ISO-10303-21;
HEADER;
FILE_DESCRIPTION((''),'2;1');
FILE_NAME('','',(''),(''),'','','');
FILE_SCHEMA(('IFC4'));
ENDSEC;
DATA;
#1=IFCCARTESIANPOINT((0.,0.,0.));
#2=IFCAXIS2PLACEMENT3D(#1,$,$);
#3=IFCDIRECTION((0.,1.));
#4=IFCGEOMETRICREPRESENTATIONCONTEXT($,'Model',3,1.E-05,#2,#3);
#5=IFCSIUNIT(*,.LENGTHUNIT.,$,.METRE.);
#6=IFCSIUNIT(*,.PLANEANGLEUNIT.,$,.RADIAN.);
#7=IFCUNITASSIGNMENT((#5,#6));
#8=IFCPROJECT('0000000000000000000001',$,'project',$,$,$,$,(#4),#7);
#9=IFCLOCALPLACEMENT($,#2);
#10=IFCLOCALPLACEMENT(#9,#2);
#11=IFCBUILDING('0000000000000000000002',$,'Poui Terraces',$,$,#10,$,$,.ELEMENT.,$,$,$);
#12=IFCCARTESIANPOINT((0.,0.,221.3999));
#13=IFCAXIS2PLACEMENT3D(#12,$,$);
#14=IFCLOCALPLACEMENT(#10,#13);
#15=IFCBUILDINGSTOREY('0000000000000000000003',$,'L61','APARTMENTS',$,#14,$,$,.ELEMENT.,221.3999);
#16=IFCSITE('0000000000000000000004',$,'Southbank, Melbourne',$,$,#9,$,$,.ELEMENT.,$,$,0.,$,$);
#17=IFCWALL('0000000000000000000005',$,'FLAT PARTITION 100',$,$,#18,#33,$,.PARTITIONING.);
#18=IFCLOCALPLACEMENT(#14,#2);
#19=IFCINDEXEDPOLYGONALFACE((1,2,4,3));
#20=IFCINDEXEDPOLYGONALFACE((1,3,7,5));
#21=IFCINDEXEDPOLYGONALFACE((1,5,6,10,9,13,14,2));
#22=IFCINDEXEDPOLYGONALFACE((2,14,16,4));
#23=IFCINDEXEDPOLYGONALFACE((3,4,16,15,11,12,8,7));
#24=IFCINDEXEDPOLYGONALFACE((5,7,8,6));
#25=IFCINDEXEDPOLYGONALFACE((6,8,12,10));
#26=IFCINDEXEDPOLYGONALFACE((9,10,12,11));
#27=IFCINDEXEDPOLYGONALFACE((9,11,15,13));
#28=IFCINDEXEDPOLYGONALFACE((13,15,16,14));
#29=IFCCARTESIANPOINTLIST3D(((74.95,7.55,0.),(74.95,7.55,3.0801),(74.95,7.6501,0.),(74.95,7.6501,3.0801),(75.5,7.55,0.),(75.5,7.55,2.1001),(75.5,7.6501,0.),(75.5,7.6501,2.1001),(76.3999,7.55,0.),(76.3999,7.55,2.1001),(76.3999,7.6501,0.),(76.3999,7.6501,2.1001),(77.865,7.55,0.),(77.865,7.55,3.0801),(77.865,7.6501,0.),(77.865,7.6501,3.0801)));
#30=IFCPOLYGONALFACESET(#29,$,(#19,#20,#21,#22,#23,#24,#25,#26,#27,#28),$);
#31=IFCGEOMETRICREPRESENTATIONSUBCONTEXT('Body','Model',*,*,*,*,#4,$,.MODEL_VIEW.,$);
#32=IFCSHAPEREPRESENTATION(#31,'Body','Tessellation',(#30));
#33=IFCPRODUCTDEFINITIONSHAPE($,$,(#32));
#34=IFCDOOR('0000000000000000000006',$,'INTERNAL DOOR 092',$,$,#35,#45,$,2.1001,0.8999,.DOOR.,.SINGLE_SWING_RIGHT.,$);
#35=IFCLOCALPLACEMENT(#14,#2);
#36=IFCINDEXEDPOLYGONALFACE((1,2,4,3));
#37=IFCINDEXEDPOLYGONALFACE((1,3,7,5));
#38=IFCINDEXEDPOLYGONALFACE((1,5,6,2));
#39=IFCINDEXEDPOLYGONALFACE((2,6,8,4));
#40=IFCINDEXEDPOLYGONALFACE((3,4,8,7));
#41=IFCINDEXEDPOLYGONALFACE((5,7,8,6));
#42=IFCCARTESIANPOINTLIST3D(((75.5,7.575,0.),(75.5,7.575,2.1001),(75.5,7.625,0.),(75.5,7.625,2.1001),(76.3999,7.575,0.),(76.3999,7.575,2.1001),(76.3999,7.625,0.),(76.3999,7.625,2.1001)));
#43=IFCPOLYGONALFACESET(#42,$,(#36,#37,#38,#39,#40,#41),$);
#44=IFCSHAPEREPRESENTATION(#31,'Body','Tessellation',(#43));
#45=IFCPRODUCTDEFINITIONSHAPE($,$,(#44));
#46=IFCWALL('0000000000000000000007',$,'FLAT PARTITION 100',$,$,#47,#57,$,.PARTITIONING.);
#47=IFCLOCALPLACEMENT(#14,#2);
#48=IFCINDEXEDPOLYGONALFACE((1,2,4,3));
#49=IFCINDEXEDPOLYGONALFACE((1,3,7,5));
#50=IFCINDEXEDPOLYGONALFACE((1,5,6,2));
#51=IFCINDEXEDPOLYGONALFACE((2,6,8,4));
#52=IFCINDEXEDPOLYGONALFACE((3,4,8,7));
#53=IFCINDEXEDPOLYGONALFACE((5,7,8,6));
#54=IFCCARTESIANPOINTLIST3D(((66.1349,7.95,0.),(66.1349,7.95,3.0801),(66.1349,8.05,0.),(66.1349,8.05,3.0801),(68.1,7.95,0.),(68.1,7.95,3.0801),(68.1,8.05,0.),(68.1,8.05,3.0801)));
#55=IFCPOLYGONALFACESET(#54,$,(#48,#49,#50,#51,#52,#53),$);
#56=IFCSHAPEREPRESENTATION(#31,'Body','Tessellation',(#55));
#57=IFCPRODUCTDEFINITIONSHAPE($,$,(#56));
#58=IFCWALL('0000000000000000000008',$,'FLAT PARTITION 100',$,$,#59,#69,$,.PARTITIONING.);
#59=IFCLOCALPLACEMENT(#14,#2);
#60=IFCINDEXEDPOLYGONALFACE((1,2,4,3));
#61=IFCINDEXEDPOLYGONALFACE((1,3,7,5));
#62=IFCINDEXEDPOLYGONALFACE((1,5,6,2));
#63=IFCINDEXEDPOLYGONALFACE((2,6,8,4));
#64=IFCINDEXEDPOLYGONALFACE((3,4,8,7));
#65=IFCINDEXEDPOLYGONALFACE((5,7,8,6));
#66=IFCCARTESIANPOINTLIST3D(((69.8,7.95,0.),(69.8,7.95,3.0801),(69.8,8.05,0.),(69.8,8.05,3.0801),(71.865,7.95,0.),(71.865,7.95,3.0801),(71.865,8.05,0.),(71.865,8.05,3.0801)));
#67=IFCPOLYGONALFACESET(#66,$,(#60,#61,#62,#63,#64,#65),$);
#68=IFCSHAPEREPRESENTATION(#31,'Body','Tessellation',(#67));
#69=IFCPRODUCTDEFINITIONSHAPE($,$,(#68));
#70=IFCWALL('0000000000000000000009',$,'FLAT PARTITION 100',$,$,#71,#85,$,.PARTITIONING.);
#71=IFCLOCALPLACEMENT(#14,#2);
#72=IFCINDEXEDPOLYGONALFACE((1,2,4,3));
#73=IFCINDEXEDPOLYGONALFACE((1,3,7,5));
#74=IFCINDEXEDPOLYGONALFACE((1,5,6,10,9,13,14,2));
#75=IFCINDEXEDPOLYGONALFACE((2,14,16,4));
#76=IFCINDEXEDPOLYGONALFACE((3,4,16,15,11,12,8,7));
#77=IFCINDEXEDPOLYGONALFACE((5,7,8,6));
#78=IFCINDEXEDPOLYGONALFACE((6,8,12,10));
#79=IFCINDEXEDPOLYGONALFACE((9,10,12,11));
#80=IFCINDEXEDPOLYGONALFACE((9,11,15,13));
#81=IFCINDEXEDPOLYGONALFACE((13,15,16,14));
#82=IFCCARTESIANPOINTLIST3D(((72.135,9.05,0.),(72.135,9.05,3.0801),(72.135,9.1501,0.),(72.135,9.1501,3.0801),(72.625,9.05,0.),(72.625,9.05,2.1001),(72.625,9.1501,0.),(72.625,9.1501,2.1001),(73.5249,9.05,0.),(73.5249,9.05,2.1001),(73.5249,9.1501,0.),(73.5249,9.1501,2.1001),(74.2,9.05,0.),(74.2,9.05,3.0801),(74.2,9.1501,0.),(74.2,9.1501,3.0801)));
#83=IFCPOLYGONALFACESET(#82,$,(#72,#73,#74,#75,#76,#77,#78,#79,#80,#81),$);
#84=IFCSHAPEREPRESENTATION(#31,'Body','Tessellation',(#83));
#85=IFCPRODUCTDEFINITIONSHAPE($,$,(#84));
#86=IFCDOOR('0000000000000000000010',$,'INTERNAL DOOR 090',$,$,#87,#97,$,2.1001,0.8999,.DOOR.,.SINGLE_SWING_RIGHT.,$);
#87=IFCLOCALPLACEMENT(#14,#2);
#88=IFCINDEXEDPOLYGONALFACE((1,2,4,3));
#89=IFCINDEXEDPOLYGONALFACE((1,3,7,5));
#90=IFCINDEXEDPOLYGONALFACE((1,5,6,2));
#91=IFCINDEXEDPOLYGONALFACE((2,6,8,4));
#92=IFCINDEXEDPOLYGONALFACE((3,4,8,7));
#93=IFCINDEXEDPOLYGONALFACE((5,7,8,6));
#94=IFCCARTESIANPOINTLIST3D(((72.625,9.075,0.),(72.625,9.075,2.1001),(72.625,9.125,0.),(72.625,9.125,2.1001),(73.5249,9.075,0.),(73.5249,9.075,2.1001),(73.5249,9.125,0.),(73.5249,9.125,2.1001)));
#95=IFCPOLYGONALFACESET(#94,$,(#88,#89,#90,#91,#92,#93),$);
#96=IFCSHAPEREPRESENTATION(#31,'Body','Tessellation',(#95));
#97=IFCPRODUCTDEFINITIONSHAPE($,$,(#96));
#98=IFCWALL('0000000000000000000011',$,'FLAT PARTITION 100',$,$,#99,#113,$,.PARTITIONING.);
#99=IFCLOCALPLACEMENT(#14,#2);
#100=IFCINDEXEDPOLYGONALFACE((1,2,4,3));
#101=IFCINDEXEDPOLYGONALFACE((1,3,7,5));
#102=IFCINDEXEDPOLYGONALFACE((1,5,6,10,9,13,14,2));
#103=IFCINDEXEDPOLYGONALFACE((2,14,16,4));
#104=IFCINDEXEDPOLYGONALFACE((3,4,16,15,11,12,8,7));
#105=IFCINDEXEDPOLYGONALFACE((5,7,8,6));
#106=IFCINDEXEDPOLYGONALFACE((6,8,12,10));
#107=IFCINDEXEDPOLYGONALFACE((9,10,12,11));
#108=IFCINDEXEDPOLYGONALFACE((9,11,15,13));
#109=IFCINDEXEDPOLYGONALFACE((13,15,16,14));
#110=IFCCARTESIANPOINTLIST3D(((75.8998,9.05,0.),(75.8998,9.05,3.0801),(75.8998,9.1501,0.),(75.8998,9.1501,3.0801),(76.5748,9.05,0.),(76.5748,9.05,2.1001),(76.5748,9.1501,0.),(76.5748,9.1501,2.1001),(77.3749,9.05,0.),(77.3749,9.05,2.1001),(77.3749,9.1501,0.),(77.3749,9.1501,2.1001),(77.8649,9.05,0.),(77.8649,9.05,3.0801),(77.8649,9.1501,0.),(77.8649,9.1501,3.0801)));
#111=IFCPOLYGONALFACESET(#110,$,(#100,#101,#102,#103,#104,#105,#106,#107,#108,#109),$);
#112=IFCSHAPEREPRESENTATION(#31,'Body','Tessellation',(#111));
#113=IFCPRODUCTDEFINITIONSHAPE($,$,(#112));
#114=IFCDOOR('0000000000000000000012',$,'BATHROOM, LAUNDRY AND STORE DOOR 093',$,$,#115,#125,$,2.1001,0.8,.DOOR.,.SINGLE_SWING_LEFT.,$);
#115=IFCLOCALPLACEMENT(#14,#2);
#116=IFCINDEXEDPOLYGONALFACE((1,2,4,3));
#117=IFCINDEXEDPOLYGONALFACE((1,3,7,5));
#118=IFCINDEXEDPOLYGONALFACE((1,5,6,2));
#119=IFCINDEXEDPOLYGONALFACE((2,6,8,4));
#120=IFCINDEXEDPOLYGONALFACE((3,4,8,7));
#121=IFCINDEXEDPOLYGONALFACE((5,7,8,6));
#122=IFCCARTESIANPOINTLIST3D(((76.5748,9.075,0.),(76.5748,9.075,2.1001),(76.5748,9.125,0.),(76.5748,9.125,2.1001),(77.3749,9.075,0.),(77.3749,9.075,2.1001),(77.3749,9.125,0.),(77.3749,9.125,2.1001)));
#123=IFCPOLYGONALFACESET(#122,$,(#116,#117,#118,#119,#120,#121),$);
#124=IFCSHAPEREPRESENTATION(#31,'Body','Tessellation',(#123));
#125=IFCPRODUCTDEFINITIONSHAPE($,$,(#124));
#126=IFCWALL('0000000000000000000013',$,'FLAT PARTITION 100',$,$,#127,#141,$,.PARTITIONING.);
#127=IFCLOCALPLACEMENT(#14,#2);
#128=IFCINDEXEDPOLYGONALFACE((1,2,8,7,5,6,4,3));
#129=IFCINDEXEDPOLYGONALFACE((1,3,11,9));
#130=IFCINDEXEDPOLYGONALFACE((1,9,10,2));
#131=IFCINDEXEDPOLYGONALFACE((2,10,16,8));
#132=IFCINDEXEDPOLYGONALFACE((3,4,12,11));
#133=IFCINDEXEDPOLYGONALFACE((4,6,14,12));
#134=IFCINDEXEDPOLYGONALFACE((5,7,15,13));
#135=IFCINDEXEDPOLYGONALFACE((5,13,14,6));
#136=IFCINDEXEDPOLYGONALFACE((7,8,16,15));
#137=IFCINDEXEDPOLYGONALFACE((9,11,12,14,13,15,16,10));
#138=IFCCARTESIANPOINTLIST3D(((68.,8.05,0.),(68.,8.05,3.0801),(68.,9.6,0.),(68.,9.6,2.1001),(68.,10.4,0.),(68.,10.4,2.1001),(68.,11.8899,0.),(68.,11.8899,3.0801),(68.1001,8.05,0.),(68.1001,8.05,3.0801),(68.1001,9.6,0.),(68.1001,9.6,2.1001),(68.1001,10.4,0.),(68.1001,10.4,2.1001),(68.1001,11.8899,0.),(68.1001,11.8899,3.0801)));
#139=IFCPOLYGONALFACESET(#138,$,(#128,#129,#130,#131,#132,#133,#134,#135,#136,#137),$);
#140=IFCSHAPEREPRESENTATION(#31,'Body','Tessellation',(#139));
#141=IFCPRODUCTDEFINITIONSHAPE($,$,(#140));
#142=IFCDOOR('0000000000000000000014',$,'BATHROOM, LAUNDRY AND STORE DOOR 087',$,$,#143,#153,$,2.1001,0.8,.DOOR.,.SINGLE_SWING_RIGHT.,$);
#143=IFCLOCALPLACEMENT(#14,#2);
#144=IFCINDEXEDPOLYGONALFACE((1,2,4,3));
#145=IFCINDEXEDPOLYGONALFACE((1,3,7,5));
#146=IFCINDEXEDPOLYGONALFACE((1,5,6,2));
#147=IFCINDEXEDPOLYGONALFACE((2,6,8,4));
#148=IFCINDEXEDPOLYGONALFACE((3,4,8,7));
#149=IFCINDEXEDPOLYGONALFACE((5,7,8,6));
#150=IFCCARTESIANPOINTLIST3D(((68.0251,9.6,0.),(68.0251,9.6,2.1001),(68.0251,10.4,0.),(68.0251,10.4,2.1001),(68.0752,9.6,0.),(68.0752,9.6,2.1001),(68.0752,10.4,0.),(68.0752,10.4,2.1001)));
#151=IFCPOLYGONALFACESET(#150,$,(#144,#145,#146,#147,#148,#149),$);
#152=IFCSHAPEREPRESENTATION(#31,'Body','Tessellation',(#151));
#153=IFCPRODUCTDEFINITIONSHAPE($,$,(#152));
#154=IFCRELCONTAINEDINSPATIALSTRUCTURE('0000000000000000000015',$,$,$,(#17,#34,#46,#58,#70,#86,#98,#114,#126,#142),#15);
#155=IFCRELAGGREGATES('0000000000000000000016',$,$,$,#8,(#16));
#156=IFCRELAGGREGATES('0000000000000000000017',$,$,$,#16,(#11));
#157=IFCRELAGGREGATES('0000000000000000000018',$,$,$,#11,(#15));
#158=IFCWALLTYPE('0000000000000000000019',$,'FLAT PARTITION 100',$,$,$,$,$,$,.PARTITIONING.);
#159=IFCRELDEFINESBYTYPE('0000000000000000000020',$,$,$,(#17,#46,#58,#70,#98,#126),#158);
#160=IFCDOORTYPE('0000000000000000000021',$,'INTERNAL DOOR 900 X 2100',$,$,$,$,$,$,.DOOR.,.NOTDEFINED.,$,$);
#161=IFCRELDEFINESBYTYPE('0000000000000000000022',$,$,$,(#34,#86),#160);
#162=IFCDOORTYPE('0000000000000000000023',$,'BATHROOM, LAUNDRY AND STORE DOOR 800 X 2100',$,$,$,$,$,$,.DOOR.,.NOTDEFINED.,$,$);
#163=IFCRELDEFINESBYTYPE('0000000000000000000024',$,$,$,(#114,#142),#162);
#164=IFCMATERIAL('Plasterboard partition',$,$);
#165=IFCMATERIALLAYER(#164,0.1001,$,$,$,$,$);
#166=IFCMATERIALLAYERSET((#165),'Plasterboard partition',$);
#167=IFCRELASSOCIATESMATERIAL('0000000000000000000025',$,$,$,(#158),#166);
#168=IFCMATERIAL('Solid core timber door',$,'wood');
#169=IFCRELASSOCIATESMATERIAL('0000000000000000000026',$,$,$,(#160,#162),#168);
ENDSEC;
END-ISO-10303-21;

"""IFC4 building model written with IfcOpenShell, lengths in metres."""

from ifc_helpers import new_model, si_unit, direction, frame, frame_2d, origin, place, context, subcontext, project, spatial, rectangle, extrude, material, layer, layer_set, type_object, element, fill, save


model = new_model("IFC4")

# Units and contexts
model_context = context("Model", 3, precision=1e-05, world=origin(), true_north=direction((0.0, 1.0)))
body_context = subcontext(model_context, "Body", "Model", "MODEL_VIEW")
ifc_project = project(units=[si_unit("LENGTHUNIT", "METRE"), si_unit("PLANEANGLEUNIT", "RADIAN")], contexts=[model_context])

# Site, building, storey
site_placement = place(None, origin())
site = spatial("IfcSite", under=ifc_project, at=site_placement, Name="Southbank, Melbourne", CompositionType="ELEMENT", RefElevation=0.0)
building_placement = place(site_placement, origin())
building = spatial("IfcBuilding", under=site, at=building_placement, Name="Poui Terraces", CompositionType="ELEMENT")
storey_placement = place(building_placement, frame((0.0, 0.0, 221.3999)))
storey = spatial("IfcBuildingStorey", under=building, at=storey_placement, Name="L61", Description="APARTMENTS", CompositionType="ELEMENT", Elevation=221.3999)

# Wall, opening, door
ifc_material_1 = material(Name="Plasterboard partition")
ifc_layer_1 = layer(ifc_material_1, 0.1001)
ifc_layer_set_1 = layer_set([ifc_layer_1], Name="Plasterboard partition")
wall_type_1 = type_object("IfcWallType", Name="FLAT PARTITION 100", PredefinedType="PARTITIONING", material=ifc_layer_set_1)
wall_1_placement = place(storey_placement, frame((74.95, 7.6001, 0.0), z_axis=(0.0, 0.0, 1.0), x_axis=(1.0, 0.0, 0.0)))
wall_1 = element("IfcWall", 1, at=wall_1_placement, inside=storey, type_object=wall_type_1, Name="FLAT PARTITION 100", PredefinedType="PARTITIONING", context=body_context, shape_type="SweptSolid", body=[
    extrude(rectangle(XDim=2.915, YDim=0.1001, at=frame_2d((1.4575, 0.0))), origin(), (0.0, 0.0, 1.0), 3.0801),
])
opening_1_placement = place(wall_1_placement, frame((0.55, 0.0, 0.0)))
opening_1 = element("IfcOpeningElement", 2, at=opening_1_placement, cuts=wall_1, PredefinedType="OPENING", context=body_context, shape_type="SweptSolid", body=[
    extrude(rectangle(XDim=0.8999, YDim=2.1001, at=frame_2d((0.45, 1.05))), frame((0.0, 0.0601, 0.0), z_axis=(0.0, -1.0, 0.0), x_axis=(1.0, 0.0, 0.0)), (0.0, 0.0, 1.0), 0.1201),
])
ifc_material_2 = material(Name="Solid core timber door", Category="wood")
door_type_1 = type_object("IfcDoorType", Name="INTERNAL DOOR 900 X 2100", OperationType="NOTDEFINED", PredefinedType="DOOR", material=ifc_material_2)
door_1_placement = place(opening_1_placement, origin())
door_1 = element("IfcDoor", 3, at=door_1_placement, inside=storey, type_object=door_type_1, Name="INTERNAL DOOR 092", OperationType="SINGLE_SWING_RIGHT", OverallHeight=2.1001, OverallWidth=0.8999, PredefinedType="DOOR", context=body_context, shape_type="SweptSolid", body=[
    extrude(rectangle(XDim=0.8999, YDim=2.1001, at=frame_2d((0.45, 1.05))), frame((0.0, 0.0249, 0.0), z_axis=(0.0, -1.0, 0.0), x_axis=(1.0, 0.0, 0.0)), (0.0, 0.0, 1.0), 0.05),
])
fill(opening_1, door_1)

# Walls
wall_2_placement = place(storey_placement, frame((66.135, 8.0, 0.0), z_axis=(0.0, 0.0, 1.0), x_axis=(1.0, 0.0, 0.0)))
element("IfcWall", 4, at=wall_2_placement, inside=storey, type_object=wall_type_1, Name="FLAT PARTITION 100", PredefinedType="PARTITIONING", context=body_context, shape_type="SweptSolid", body=[
    extrude(rectangle(XDim=1.9651, YDim=0.1001, at=frame_2d((0.9824, 0.0))), origin(), (0.0, 0.0, 1.0), 3.0801),
])
wall_3_placement = place(storey_placement, frame((69.8, 8.0, 0.0), z_axis=(0.0, 0.0, 1.0), x_axis=(1.0, 0.0, 0.0)))
element("IfcWall", 5, at=wall_3_placement, inside=storey, type_object=wall_type_1, Name="FLAT PARTITION 100", PredefinedType="PARTITIONING", context=body_context, shape_type="SweptSolid", body=[
    extrude(rectangle(XDim=2.0649, YDim=0.1001, at=frame_2d((1.0325, 0.0))), origin(), (0.0, 0.0, 1.0), 3.0801),
])

# Walls, openings, doors
wall_4_placement = place(storey_placement, frame((72.135, 9.1001, 0.0), z_axis=(0.0, 0.0, 1.0), x_axis=(1.0, 0.0, 0.0)))
wall_4 = element("IfcWall", 6, at=wall_4_placement, inside=storey, type_object=wall_type_1, Name="FLAT PARTITION 100", PredefinedType="PARTITIONING", context=body_context, shape_type="SweptSolid", body=[
    extrude(rectangle(XDim=2.0649, YDim=0.1001, at=frame_2d((1.0325, 0.0))), origin(), (0.0, 0.0, 1.0), 3.0801),
])
opening_2_placement = place(wall_4_placement, frame((0.49, 0.0, 0.0)))
opening_2 = element("IfcOpeningElement", 7, at=opening_2_placement, cuts=wall_4, PredefinedType="OPENING", context=body_context, shape_type="SweptSolid", body=[
    extrude(rectangle(XDim=0.8999, YDim=2.1001, at=frame_2d((0.45, 1.05))), frame((0.0, 0.0601, 0.0), z_axis=(0.0, -1.0, 0.0), x_axis=(1.0, 0.0, 0.0)), (0.0, 0.0, 1.0), 0.1201),
])
door_2_placement = place(opening_2_placement, origin())
door_2 = element("IfcDoor", 8, at=door_2_placement, inside=storey, type_object=door_type_1, Name="INTERNAL DOOR 090", OperationType="SINGLE_SWING_RIGHT", OverallHeight=2.1001, OverallWidth=0.8999, PredefinedType="DOOR", context=body_context, shape_type="SweptSolid", body=[
    extrude(rectangle(XDim=0.8999, YDim=2.1001, at=frame_2d((0.45, 1.05))), frame((0.0, 0.0249, 0.0), z_axis=(0.0, -1.0, 0.0), x_axis=(1.0, 0.0, 0.0)), (0.0, 0.0, 1.0), 0.05),
])
fill(opening_2, door_2)
wall_5_placement = place(storey_placement, frame((75.8999, 9.1001, 0.0), z_axis=(0.0, 0.0, 1.0), x_axis=(1.0, 0.0, 0.0)))
wall_5 = element("IfcWall", 9, at=wall_5_placement, inside=storey, type_object=wall_type_1, Name="FLAT PARTITION 100", PredefinedType="PARTITIONING", context=body_context, shape_type="SweptSolid", body=[
    extrude(rectangle(XDim=1.9651, YDim=0.1001, at=frame_2d((0.9824, 0.0))), origin(), (0.0, 0.0, 1.0), 3.0801),
])
opening_3_placement = place(wall_5_placement, frame((0.675, 0.0, 0.0)))
opening_3 = element("IfcOpeningElement", 10, at=opening_3_placement, cuts=wall_5, PredefinedType="OPENING", context=body_context, shape_type="SweptSolid", body=[
    extrude(rectangle(XDim=0.8, YDim=2.1001, at=frame_2d((0.3999, 1.05))), frame((0.0, 0.0601, 0.0), z_axis=(0.0, -1.0, 0.0), x_axis=(1.0, 0.0, 0.0)), (0.0, 0.0, 1.0), 0.1201),
])
door_type_2 = type_object("IfcDoorType", Name="BATHROOM, LAUNDRY AND STORE DOOR 800 X 2100", OperationType="NOTDEFINED", PredefinedType="DOOR", material=ifc_material_2)
door_3_placement = place(opening_3_placement, origin())
door_3 = element("IfcDoor", 11, at=door_3_placement, inside=storey, type_object=door_type_2, Name="BATHROOM, LAUNDRY AND STORE DOOR 093", OperationType="SINGLE_SWING_LEFT", OverallHeight=2.1001, OverallWidth=0.8, PredefinedType="DOOR", context=body_context, shape_type="SweptSolid", body=[
    extrude(rectangle(XDim=0.8, YDim=2.1001, at=frame_2d((0.3999, 1.05))), frame((0.0, 0.0249, 0.0), z_axis=(0.0, -1.0, 0.0), x_axis=(1.0, 0.0, 0.0)), (0.0, 0.0, 1.0), 0.05),
])
fill(opening_3, door_3)
wall_6_placement = place(storey_placement, frame((68.05, 8.05, 0.0), z_axis=(0.0, 0.0, 1.0), x_axis=(0.0, 1.0, 0.0)))
wall_6 = element("IfcWall", 12, at=wall_6_placement, inside=storey, type_object=wall_type_1, Name="FLAT PARTITION 100", PredefinedType="PARTITIONING", context=body_context, shape_type="SweptSolid", body=[
    extrude(rectangle(XDim=3.8398, YDim=0.1001, at=frame_2d((1.9199, 0.0))), origin(), (0.0, 0.0, 1.0), 3.0801),
])
opening_4_placement = place(wall_6_placement, frame((1.55, 0.0, 0.0)))
opening_4 = element("IfcOpeningElement", 13, at=opening_4_placement, cuts=wall_6, PredefinedType="OPENING", context=body_context, shape_type="SweptSolid", body=[
    extrude(rectangle(XDim=0.8, YDim=2.1001, at=frame_2d((0.3999, 1.05))), frame((0.0, 0.0601, 0.0), z_axis=(0.0, -1.0, 0.0), x_axis=(1.0, 0.0, 0.0)), (0.0, 0.0, 1.0), 0.1201),
])
door_4_placement = place(opening_4_placement, origin())
door_4 = element("IfcDoor", 14, at=door_4_placement, inside=storey, type_object=door_type_2, Name="BATHROOM, LAUNDRY AND STORE DOOR 087", OperationType="SINGLE_SWING_RIGHT", OverallHeight=2.1001, OverallWidth=0.8, PredefinedType="DOOR", context=body_context, shape_type="SweptSolid", body=[
    extrude(rectangle(XDim=0.8, YDim=2.1001, at=frame_2d((0.3999, 1.05))), frame((0.0, 0.0249, 0.0), z_axis=(0.0, -1.0, 0.0), x_axis=(1.0, 0.0, 0.0)), (0.0, 0.0, 1.0), 0.05),
])
fill(opening_4, door_4)

save(model, "model.ifc")
